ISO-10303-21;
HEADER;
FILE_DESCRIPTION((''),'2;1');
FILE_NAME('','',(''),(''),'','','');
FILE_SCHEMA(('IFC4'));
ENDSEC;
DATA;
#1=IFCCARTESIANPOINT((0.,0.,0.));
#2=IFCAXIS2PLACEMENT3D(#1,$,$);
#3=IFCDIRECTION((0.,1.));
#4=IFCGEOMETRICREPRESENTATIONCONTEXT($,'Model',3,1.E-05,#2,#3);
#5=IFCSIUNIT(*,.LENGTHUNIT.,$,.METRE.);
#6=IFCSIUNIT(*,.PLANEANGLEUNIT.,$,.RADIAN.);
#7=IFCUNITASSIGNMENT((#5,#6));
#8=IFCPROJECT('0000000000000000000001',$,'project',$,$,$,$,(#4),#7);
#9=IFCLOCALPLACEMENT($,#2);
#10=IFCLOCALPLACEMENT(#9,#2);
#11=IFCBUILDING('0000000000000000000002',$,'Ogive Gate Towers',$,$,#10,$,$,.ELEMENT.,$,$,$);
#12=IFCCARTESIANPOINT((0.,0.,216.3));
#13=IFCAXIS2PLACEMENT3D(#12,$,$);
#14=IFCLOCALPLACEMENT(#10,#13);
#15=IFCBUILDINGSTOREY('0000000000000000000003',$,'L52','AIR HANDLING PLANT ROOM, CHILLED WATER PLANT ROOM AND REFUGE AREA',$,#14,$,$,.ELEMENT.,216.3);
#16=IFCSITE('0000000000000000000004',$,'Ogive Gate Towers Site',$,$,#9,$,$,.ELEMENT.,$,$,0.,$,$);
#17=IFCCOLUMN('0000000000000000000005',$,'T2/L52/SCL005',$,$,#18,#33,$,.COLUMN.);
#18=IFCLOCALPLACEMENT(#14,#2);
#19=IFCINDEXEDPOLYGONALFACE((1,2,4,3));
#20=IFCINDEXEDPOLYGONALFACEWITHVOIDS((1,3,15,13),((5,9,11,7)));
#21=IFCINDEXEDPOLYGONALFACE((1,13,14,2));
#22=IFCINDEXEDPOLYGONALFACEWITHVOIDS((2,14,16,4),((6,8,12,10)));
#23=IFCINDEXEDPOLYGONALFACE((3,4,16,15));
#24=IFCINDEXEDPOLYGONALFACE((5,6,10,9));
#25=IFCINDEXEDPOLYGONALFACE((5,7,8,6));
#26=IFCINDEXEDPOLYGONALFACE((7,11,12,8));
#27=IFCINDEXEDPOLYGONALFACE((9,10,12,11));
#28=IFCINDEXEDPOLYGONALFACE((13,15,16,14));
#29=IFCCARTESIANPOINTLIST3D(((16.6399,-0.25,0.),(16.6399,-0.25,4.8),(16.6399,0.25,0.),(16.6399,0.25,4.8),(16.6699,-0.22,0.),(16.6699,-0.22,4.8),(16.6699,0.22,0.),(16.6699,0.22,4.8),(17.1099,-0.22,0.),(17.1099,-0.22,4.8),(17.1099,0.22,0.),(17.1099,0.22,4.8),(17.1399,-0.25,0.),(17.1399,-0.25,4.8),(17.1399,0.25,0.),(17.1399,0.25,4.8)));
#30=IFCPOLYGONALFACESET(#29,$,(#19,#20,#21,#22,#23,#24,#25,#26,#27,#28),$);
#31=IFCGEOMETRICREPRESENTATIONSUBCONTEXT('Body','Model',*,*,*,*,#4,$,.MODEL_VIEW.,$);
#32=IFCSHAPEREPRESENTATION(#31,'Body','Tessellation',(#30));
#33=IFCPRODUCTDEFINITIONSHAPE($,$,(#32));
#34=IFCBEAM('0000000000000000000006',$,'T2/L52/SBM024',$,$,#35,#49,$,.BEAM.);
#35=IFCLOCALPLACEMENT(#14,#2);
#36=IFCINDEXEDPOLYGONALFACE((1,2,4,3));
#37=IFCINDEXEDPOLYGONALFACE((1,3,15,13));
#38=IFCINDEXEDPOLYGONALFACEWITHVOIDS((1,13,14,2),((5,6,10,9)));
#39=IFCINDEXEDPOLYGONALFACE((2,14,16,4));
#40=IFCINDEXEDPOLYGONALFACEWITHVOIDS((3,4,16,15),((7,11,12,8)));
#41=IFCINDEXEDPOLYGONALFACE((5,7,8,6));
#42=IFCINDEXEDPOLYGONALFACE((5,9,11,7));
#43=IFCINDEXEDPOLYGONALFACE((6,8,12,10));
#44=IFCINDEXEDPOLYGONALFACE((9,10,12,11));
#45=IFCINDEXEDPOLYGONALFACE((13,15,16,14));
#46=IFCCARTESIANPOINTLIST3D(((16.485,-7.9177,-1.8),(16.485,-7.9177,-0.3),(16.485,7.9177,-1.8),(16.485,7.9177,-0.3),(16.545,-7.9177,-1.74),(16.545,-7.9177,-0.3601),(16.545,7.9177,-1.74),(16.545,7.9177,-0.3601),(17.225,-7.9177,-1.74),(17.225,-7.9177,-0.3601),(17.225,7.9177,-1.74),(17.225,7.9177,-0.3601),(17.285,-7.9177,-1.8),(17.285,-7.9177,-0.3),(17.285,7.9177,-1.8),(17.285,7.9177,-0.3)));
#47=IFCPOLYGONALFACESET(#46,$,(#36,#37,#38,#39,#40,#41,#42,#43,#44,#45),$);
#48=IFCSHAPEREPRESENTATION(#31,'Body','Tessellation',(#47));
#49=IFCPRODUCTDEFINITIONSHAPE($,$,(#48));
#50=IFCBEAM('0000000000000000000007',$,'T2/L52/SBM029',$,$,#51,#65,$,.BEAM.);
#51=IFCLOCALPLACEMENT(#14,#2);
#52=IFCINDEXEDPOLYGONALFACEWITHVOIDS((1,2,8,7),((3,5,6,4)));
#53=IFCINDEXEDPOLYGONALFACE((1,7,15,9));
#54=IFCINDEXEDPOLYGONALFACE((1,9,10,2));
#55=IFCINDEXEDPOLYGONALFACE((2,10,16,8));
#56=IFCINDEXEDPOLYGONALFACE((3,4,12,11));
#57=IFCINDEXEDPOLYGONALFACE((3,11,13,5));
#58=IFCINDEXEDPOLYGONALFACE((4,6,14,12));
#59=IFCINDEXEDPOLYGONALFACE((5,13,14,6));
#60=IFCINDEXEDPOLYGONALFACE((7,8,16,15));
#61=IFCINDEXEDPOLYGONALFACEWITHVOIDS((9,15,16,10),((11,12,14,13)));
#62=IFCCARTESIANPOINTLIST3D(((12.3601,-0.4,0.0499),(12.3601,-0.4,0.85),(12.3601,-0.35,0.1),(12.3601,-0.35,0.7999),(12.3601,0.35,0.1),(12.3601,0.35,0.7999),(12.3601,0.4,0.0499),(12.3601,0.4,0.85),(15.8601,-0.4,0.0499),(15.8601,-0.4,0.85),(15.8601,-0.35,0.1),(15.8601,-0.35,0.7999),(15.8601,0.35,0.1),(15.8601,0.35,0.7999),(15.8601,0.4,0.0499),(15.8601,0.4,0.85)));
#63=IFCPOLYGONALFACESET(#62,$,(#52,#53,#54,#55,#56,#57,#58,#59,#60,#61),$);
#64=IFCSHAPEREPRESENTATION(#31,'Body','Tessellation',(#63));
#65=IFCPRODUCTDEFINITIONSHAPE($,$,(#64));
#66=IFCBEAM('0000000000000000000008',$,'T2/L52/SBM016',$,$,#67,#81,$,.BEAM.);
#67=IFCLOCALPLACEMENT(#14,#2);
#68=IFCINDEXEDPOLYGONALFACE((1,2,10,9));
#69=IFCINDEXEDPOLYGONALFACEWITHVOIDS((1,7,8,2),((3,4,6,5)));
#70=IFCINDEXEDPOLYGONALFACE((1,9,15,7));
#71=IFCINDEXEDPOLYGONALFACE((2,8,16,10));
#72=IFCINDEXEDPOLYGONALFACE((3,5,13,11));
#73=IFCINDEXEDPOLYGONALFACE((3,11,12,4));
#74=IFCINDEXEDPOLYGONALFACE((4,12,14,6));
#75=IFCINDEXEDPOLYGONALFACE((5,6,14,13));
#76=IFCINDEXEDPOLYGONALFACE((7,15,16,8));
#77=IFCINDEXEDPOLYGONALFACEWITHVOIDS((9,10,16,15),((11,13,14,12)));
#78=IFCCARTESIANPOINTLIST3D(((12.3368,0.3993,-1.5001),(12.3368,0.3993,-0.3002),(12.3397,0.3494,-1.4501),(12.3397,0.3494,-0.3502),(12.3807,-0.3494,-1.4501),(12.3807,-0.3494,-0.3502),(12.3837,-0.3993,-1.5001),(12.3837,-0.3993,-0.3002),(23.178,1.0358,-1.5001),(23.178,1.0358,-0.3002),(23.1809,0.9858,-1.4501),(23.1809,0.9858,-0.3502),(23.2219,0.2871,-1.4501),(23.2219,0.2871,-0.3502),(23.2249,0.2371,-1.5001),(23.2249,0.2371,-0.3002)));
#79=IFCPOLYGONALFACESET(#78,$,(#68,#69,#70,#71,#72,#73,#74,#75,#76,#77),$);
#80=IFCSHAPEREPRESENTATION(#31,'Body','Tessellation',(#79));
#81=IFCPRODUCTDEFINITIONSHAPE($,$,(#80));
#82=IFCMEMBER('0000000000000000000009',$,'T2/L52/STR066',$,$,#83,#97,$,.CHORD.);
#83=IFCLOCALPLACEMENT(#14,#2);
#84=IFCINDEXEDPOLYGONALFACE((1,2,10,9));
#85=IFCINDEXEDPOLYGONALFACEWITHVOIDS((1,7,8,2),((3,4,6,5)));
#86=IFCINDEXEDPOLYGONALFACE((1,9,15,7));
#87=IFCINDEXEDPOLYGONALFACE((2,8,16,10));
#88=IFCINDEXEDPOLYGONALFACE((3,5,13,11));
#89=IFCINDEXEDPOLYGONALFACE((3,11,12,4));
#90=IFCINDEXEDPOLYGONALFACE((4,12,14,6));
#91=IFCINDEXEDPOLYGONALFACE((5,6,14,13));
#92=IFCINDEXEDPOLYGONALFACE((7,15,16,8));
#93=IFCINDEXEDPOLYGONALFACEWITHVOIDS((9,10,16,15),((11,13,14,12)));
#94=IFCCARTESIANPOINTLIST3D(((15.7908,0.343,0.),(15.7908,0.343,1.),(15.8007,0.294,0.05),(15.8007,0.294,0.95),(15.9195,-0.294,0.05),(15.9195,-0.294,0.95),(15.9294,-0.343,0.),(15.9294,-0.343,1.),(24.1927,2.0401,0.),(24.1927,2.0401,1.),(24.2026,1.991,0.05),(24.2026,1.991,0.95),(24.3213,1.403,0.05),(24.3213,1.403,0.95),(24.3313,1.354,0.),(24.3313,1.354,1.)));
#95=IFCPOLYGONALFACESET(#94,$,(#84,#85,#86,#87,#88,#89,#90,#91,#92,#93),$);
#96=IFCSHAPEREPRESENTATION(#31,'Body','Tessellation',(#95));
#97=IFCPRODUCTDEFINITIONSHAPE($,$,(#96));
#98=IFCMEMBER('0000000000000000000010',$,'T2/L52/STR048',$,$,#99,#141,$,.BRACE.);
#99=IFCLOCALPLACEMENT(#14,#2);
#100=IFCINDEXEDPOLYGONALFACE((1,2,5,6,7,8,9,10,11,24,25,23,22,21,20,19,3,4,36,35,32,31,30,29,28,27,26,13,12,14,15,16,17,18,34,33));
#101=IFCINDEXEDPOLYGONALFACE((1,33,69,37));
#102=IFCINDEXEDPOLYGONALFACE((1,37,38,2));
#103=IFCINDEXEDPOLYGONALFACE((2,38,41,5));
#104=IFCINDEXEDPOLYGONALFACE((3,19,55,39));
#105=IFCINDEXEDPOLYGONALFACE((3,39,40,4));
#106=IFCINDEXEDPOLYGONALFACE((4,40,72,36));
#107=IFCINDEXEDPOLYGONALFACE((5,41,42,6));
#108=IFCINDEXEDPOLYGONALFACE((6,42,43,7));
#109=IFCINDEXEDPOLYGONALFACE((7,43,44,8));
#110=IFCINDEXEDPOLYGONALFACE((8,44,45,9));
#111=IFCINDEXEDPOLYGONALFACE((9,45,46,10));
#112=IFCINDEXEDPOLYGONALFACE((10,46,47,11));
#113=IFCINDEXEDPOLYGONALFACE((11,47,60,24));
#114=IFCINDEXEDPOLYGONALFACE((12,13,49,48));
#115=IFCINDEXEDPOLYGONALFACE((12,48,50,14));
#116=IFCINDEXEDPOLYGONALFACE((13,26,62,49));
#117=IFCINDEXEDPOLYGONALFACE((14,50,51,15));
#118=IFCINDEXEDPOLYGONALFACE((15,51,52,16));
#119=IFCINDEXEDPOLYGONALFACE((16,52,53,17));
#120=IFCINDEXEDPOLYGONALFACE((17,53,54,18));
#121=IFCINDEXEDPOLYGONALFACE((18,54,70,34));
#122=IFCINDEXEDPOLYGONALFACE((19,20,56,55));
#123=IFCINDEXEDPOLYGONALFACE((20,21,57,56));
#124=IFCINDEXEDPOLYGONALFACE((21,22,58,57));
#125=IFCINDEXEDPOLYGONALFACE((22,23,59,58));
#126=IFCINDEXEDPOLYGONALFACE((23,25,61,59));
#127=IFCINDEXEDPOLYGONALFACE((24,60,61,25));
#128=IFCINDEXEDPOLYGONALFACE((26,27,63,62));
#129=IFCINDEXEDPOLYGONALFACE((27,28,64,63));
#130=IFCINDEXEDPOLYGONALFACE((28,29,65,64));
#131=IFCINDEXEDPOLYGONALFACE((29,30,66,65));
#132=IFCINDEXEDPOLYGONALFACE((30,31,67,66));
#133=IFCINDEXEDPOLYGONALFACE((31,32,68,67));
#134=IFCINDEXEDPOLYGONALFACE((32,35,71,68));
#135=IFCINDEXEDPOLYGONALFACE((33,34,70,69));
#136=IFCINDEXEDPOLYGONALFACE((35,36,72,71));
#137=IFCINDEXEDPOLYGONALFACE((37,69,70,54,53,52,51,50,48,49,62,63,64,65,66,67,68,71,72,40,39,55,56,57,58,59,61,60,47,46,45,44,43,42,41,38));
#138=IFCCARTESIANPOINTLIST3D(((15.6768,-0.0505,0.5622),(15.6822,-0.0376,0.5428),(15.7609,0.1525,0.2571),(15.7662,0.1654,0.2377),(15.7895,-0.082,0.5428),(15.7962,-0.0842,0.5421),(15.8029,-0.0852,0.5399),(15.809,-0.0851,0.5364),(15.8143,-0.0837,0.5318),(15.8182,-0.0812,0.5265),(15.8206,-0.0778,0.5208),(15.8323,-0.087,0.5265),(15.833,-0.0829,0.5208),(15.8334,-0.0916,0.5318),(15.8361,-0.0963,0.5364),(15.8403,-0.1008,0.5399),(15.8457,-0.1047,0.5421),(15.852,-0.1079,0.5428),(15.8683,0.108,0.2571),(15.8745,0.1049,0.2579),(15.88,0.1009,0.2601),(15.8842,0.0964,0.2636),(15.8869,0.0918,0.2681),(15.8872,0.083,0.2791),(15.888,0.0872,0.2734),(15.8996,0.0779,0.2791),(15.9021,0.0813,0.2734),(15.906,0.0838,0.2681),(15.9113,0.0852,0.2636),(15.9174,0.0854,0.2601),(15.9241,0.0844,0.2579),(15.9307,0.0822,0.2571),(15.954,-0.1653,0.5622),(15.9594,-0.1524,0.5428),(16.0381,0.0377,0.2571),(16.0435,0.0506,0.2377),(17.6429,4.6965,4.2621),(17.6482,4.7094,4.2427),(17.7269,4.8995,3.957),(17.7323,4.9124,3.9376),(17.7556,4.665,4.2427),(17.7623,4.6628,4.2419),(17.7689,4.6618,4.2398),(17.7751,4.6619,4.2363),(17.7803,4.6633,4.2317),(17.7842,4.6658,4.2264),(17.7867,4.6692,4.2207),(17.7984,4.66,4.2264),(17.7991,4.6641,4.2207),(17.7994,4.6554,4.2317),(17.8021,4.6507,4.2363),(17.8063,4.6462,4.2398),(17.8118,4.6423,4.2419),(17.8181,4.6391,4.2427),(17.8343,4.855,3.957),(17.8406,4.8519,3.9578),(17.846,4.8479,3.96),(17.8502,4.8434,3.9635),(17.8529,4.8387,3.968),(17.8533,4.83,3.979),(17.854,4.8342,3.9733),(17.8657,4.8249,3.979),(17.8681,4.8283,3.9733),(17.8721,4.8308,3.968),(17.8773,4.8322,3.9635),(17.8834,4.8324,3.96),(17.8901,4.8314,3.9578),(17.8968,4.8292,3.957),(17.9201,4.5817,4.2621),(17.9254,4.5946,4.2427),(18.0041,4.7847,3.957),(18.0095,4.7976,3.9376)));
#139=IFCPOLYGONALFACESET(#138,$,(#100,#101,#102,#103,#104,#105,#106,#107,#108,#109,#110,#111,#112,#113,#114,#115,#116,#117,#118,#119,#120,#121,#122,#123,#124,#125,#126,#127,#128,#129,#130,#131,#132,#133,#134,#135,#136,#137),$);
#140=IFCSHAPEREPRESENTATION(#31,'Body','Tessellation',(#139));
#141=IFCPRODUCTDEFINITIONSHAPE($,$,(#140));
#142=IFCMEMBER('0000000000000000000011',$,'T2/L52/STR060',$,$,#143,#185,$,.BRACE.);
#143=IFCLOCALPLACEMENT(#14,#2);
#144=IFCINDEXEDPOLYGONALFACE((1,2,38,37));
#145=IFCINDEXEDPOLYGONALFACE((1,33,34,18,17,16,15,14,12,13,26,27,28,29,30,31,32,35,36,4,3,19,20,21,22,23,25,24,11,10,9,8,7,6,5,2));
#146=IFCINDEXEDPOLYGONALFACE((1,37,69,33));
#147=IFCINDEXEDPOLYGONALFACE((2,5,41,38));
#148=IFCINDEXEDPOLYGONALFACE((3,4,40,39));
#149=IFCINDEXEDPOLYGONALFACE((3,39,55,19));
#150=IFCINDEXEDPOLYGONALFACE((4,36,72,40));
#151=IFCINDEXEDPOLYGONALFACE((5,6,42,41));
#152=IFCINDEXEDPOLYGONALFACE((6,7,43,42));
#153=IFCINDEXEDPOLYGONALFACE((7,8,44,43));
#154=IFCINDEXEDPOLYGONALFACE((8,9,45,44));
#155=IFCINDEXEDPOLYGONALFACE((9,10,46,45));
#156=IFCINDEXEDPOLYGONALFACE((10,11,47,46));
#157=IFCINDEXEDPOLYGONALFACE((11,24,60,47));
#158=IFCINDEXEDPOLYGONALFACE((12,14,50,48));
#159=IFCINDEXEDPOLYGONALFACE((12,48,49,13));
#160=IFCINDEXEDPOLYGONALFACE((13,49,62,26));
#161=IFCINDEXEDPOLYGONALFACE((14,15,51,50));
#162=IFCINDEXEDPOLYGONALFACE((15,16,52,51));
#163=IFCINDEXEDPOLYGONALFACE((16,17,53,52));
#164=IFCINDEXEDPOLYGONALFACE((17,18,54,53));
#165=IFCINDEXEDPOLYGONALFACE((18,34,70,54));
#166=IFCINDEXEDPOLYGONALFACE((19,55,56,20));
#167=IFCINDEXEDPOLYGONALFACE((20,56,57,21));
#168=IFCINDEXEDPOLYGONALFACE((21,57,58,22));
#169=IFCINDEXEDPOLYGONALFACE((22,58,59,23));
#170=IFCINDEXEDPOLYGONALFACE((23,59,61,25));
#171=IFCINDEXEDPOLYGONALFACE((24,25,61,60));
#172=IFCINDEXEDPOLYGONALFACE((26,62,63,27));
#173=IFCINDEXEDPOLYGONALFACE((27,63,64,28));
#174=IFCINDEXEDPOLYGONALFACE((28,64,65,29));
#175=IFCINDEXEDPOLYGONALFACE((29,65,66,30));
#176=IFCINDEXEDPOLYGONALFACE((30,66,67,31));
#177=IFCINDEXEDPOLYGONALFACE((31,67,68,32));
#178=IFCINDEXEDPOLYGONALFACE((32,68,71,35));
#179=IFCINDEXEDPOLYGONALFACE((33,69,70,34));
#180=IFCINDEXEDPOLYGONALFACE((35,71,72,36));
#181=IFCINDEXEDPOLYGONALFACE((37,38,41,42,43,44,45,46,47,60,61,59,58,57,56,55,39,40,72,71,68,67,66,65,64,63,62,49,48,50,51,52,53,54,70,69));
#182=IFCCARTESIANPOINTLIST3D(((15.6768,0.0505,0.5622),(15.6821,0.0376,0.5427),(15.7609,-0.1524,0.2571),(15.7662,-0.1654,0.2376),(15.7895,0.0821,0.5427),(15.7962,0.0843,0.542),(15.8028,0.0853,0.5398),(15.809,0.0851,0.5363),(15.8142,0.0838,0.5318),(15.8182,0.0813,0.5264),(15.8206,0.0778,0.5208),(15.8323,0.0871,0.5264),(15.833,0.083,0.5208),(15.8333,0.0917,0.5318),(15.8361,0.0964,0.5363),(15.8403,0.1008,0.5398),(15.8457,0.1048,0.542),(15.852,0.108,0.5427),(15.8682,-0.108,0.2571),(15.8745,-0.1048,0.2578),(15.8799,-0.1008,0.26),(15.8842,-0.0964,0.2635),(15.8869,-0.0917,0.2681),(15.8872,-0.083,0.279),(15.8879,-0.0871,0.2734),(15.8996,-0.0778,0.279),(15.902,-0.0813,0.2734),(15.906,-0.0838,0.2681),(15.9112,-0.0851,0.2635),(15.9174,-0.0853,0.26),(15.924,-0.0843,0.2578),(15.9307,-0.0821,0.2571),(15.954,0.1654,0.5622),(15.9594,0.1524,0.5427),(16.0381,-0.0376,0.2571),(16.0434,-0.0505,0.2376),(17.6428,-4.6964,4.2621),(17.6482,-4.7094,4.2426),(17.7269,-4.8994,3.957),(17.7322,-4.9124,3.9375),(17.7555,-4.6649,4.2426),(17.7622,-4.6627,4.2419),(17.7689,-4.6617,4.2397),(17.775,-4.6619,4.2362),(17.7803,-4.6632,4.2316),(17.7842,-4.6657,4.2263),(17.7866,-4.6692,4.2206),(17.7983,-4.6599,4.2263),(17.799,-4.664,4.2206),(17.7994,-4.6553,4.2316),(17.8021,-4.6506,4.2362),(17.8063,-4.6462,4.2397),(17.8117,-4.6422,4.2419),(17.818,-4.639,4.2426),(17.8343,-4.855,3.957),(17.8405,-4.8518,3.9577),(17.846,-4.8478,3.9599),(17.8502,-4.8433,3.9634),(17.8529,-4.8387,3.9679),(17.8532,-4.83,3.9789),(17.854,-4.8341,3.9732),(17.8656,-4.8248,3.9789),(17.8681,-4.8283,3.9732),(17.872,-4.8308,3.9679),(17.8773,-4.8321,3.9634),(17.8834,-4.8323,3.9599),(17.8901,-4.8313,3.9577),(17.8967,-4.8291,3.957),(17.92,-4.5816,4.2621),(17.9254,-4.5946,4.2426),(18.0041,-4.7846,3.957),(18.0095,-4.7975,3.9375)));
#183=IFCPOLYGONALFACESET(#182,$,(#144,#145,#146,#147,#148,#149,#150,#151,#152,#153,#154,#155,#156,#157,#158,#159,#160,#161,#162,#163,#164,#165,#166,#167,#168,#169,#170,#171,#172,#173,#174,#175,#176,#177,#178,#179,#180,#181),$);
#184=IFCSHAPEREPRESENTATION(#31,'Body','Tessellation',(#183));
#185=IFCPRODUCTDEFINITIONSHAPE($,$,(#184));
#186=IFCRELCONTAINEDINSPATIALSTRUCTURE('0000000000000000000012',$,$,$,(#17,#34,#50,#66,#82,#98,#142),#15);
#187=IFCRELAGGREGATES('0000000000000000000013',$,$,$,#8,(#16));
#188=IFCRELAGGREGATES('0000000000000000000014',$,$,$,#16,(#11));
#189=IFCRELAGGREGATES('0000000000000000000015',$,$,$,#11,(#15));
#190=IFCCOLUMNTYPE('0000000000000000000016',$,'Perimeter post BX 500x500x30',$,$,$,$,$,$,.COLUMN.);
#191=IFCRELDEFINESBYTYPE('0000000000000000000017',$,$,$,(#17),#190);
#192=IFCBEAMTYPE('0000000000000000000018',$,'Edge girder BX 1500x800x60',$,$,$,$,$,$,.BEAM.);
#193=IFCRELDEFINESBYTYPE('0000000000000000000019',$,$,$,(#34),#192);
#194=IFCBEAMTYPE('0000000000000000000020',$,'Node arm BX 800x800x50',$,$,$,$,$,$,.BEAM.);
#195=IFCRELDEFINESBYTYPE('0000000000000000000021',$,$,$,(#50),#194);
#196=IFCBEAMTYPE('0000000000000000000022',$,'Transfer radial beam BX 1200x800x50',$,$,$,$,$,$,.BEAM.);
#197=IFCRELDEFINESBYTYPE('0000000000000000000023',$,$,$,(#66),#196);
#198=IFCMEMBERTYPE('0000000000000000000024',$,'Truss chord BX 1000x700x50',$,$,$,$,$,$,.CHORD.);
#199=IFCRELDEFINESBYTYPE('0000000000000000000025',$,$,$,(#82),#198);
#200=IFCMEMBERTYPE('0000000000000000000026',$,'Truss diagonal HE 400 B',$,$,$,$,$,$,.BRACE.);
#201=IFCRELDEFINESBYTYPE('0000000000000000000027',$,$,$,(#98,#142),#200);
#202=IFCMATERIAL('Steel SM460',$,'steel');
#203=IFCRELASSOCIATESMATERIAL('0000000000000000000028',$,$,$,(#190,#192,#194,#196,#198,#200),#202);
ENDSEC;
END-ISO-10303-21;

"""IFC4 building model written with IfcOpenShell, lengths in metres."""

from ifc_helpers import new_model, si_unit, direction, frame, origin, origin_2d, place, context, subcontext, project, spatial, hollow_rectangle, i_section, extrude, material, material_profile, profile_set, type_object, element, save


model = new_model("IFC4")

# Units and contexts
model_context = context("Model", 3, precision=1e-05, world=origin(), true_north=direction((0.0, 1.0)))
body_context = subcontext(model_context, "Body", "Model", "MODEL_VIEW")
ifc_project = project(units=[si_unit("LENGTHUNIT", "METRE"), si_unit("PLANEANGLEUNIT", "RADIAN")], contexts=[model_context])

# Site, building, storey
site_placement = place(None, origin())
site = spatial("IfcSite", under=ifc_project, at=site_placement, Name="Ogive Gate Towers Site", CompositionType="ELEMENT", RefElevation=0.0)
building_placement = place(site_placement, origin())
building = spatial("IfcBuilding", under=site, at=building_placement, Name="Ogive Gate Towers", CompositionType="ELEMENT")
storey_placement = place(building_placement, frame((0.0, 0.0, 216.3)))
storey = spatial("IfcBuildingStorey", under=building, at=storey_placement, Name="L52", Description="AIR HANDLING PLANT ROOM, CHILLED WATER PLANT ROOM AND REFUGE AREA", CompositionType="ELEMENT", Elevation=216.3)

# Column
ifc_material_1 = material(Name="Steel SM460", Category="steel")
ifc_material_profile_1 = material_profile(ifc_material_1, hollow_rectangle(XDim=0.5, YDim=0.5, WallThickness=0.03, at=origin_2d()), Name="BX 500x500x30")
ifc_profile_set_1 = profile_set([ifc_material_profile_1], Name="Steel SM460")
column_type = type_object("IfcColumnType", Name="Perimeter post BX 500x500x30", PredefinedType="COLUMN", material=ifc_profile_set_1)
column_placement = place(storey_placement, frame((16.8899, 0.0, 0.0), z_axis=(0.0, 0.0, 1.0), x_axis=(1.0, 0.0, 0.0)))
element("IfcColumn", 1, at=column_placement, inside=storey, type_object=column_type, Name="T2/L52/SCL005", PredefinedType="COLUMN", context=body_context, shape_type="SweptSolid", body=[
    extrude(hollow_rectangle(XDim=0.5, YDim=0.5, WallThickness=0.03, at=origin_2d()), origin(), (0.0, 0.0, 1.0), 4.8),
])

# Beams
ifc_material_profile_2 = material_profile(ifc_material_1, hollow_rectangle(XDim=0.8, YDim=1.5, WallThickness=0.0601, at=origin_2d()), Name="BX 1500x800x60")
ifc_profile_set_2 = profile_set([ifc_material_profile_2], Name="Steel SM460")
beam_type_1 = type_object("IfcBeamType", Name="Edge girder BX 1500x800x60", PredefinedType="BEAM", material=ifc_profile_set_2)
beam_1_placement = place(storey_placement, frame((16.885, 7.9177, -1.05), z_axis=(0.0, -1.0, 0.0), x_axis=(1.0, 0.0, 0.0)))
element("IfcBeam", 2, at=beam_1_placement, inside=storey, type_object=beam_type_1, Name="T2/L52/SBM024", PredefinedType="BEAM", context=body_context, shape_type="SweptSolid", body=[
    extrude(hollow_rectangle(XDim=0.8, YDim=1.5, WallThickness=0.0601, at=origin_2d()), origin(), (0.0, 0.0, 1.0), 15.8354),
])
ifc_material_profile_3 = material_profile(ifc_material_1, hollow_rectangle(XDim=0.8, YDim=0.8, WallThickness=0.05, at=origin_2d()), Name="BX 800x800x50")
ifc_profile_set_3 = profile_set([ifc_material_profile_3], Name="Steel SM460")
beam_type_2 = type_object("IfcBeamType", Name="Node arm BX 800x800x50", PredefinedType="BEAM", material=ifc_profile_set_3)
beam_2_placement = place(storey_placement, frame((15.8601, 0.0, 0.45), z_axis=(-1.0, 0.0, 0.0), x_axis=(0.0, -1.0, 0.0)))
element("IfcBeam", 3, at=beam_2_placement, inside=storey, type_object=beam_type_2, Name="T2/L52/SBM029", PredefinedType="BEAM", context=body_context, shape_type="SweptSolid", body=[
    extrude(hollow_rectangle(XDim=0.8, YDim=0.8, WallThickness=0.05, at=origin_2d()), origin(), (0.0, 0.0, 1.0), 3.5),
])
ifc_material_profile_4 = material_profile(ifc_material_1, hollow_rectangle(XDim=0.8, YDim=1.2, WallThickness=0.05, at=origin_2d()), Name="BX 1200x800x50")
ifc_profile_set_4 = profile_set([ifc_material_profile_4], Name="Steel SM460")
beam_type_3 = type_object("IfcBeamType", Name="Transfer radial beam BX 1200x800x50", PredefinedType="BEAM", material=ifc_profile_set_4)
beam_3_placement = place(storey_placement, frame((23.2014, 0.6365, -0.9001), z_axis=(-0.998281, -0.058607, 0.0), x_axis=(0.058607, -0.998281, 0.0)))
element("IfcBeam", 4, at=beam_3_placement, inside=storey, type_object=beam_type_3, Name="T2/L52/SBM016", PredefinedType="BEAM", context=body_context, shape_type="SweptSolid", body=[
    extrude(hollow_rectangle(XDim=0.8, YDim=1.2, WallThickness=0.05, at=origin_2d()), origin(), (0.0, 0.0, 1.0), 10.8599),
])

# Members
ifc_material_profile_5 = material_profile(ifc_material_1, hollow_rectangle(XDim=0.7, YDim=1.0, WallThickness=0.05, at=origin_2d()), Name="BX 1000x700x50")
ifc_profile_set_5 = profile_set([ifc_material_profile_5], Name="Steel SM460")
member_type_1 = type_object("IfcMemberType", Name="Truss chord BX 1000x700x50", PredefinedType="CHORD", material=ifc_profile_set_5)
member_1_placement = place(storey_placement, frame((24.262, 1.697, 0.5), z_axis=(-0.980205, -0.197984, 0.0), x_axis=(0.197984, -0.980205, 0.0)))
element("IfcMember", 5, at=member_1_placement, inside=storey, type_object=member_type_1, Name="T2/L52/STR066", PredefinedType="CHORD", context=body_context, shape_type="SweptSolid", body=[
    extrude(hollow_rectangle(XDim=0.7, YDim=1.0, WallThickness=0.05, at=origin_2d()), origin(), (0.0, 0.0, 1.0), 8.5715),
])
ifc_material_profile_6 = material_profile(ifc_material_1, i_section(OverallWidth=0.3, OverallDepth=0.3999, WebThickness=0.0134, FlangeThickness=0.0239, FilletRadius=0.0271, at=origin_2d()), Name="HE 400 B")
ifc_profile_set_6 = profile_set([ifc_material_profile_6], Name="Steel SM460")
member_type_2 = type_object("IfcMemberType", Name="Truss diagonal HE 400 B", PredefinedType="BRACE", material=ifc_profile_set_6)
for number, where, z_axis, x_axis, name in (
    (6, (17.8262, 4.7471, 4.0999), (-0.310514, -0.749737, -0.584359), (0.923896, -0.382644, 0.0), "T2/L52/STR048"),
    (7, (15.8601, 0.0, 0.3999), (0.310514, -0.749737, 0.584359), (0.923896, 0.382644, 0.0), "T2/L52/STR060"),
):
    element("IfcMember", number, at=place(storey_placement, frame(where, z_axis=z_axis, x_axis=x_axis)), inside=storey, type_object=member_type_2, Name=name, PredefinedType="BRACE", context=body_context, shape_type="SweptSolid", body=[
        extrude(i_section(OverallWidth=0.3, OverallDepth=0.3999, WebThickness=0.0134, FlangeThickness=0.0239, FilletRadius=0.0271, at=origin_2d()), origin(), (0.0, 0.0, 1.0), 6.3315),
    ])

save(model, "model.ifc")
